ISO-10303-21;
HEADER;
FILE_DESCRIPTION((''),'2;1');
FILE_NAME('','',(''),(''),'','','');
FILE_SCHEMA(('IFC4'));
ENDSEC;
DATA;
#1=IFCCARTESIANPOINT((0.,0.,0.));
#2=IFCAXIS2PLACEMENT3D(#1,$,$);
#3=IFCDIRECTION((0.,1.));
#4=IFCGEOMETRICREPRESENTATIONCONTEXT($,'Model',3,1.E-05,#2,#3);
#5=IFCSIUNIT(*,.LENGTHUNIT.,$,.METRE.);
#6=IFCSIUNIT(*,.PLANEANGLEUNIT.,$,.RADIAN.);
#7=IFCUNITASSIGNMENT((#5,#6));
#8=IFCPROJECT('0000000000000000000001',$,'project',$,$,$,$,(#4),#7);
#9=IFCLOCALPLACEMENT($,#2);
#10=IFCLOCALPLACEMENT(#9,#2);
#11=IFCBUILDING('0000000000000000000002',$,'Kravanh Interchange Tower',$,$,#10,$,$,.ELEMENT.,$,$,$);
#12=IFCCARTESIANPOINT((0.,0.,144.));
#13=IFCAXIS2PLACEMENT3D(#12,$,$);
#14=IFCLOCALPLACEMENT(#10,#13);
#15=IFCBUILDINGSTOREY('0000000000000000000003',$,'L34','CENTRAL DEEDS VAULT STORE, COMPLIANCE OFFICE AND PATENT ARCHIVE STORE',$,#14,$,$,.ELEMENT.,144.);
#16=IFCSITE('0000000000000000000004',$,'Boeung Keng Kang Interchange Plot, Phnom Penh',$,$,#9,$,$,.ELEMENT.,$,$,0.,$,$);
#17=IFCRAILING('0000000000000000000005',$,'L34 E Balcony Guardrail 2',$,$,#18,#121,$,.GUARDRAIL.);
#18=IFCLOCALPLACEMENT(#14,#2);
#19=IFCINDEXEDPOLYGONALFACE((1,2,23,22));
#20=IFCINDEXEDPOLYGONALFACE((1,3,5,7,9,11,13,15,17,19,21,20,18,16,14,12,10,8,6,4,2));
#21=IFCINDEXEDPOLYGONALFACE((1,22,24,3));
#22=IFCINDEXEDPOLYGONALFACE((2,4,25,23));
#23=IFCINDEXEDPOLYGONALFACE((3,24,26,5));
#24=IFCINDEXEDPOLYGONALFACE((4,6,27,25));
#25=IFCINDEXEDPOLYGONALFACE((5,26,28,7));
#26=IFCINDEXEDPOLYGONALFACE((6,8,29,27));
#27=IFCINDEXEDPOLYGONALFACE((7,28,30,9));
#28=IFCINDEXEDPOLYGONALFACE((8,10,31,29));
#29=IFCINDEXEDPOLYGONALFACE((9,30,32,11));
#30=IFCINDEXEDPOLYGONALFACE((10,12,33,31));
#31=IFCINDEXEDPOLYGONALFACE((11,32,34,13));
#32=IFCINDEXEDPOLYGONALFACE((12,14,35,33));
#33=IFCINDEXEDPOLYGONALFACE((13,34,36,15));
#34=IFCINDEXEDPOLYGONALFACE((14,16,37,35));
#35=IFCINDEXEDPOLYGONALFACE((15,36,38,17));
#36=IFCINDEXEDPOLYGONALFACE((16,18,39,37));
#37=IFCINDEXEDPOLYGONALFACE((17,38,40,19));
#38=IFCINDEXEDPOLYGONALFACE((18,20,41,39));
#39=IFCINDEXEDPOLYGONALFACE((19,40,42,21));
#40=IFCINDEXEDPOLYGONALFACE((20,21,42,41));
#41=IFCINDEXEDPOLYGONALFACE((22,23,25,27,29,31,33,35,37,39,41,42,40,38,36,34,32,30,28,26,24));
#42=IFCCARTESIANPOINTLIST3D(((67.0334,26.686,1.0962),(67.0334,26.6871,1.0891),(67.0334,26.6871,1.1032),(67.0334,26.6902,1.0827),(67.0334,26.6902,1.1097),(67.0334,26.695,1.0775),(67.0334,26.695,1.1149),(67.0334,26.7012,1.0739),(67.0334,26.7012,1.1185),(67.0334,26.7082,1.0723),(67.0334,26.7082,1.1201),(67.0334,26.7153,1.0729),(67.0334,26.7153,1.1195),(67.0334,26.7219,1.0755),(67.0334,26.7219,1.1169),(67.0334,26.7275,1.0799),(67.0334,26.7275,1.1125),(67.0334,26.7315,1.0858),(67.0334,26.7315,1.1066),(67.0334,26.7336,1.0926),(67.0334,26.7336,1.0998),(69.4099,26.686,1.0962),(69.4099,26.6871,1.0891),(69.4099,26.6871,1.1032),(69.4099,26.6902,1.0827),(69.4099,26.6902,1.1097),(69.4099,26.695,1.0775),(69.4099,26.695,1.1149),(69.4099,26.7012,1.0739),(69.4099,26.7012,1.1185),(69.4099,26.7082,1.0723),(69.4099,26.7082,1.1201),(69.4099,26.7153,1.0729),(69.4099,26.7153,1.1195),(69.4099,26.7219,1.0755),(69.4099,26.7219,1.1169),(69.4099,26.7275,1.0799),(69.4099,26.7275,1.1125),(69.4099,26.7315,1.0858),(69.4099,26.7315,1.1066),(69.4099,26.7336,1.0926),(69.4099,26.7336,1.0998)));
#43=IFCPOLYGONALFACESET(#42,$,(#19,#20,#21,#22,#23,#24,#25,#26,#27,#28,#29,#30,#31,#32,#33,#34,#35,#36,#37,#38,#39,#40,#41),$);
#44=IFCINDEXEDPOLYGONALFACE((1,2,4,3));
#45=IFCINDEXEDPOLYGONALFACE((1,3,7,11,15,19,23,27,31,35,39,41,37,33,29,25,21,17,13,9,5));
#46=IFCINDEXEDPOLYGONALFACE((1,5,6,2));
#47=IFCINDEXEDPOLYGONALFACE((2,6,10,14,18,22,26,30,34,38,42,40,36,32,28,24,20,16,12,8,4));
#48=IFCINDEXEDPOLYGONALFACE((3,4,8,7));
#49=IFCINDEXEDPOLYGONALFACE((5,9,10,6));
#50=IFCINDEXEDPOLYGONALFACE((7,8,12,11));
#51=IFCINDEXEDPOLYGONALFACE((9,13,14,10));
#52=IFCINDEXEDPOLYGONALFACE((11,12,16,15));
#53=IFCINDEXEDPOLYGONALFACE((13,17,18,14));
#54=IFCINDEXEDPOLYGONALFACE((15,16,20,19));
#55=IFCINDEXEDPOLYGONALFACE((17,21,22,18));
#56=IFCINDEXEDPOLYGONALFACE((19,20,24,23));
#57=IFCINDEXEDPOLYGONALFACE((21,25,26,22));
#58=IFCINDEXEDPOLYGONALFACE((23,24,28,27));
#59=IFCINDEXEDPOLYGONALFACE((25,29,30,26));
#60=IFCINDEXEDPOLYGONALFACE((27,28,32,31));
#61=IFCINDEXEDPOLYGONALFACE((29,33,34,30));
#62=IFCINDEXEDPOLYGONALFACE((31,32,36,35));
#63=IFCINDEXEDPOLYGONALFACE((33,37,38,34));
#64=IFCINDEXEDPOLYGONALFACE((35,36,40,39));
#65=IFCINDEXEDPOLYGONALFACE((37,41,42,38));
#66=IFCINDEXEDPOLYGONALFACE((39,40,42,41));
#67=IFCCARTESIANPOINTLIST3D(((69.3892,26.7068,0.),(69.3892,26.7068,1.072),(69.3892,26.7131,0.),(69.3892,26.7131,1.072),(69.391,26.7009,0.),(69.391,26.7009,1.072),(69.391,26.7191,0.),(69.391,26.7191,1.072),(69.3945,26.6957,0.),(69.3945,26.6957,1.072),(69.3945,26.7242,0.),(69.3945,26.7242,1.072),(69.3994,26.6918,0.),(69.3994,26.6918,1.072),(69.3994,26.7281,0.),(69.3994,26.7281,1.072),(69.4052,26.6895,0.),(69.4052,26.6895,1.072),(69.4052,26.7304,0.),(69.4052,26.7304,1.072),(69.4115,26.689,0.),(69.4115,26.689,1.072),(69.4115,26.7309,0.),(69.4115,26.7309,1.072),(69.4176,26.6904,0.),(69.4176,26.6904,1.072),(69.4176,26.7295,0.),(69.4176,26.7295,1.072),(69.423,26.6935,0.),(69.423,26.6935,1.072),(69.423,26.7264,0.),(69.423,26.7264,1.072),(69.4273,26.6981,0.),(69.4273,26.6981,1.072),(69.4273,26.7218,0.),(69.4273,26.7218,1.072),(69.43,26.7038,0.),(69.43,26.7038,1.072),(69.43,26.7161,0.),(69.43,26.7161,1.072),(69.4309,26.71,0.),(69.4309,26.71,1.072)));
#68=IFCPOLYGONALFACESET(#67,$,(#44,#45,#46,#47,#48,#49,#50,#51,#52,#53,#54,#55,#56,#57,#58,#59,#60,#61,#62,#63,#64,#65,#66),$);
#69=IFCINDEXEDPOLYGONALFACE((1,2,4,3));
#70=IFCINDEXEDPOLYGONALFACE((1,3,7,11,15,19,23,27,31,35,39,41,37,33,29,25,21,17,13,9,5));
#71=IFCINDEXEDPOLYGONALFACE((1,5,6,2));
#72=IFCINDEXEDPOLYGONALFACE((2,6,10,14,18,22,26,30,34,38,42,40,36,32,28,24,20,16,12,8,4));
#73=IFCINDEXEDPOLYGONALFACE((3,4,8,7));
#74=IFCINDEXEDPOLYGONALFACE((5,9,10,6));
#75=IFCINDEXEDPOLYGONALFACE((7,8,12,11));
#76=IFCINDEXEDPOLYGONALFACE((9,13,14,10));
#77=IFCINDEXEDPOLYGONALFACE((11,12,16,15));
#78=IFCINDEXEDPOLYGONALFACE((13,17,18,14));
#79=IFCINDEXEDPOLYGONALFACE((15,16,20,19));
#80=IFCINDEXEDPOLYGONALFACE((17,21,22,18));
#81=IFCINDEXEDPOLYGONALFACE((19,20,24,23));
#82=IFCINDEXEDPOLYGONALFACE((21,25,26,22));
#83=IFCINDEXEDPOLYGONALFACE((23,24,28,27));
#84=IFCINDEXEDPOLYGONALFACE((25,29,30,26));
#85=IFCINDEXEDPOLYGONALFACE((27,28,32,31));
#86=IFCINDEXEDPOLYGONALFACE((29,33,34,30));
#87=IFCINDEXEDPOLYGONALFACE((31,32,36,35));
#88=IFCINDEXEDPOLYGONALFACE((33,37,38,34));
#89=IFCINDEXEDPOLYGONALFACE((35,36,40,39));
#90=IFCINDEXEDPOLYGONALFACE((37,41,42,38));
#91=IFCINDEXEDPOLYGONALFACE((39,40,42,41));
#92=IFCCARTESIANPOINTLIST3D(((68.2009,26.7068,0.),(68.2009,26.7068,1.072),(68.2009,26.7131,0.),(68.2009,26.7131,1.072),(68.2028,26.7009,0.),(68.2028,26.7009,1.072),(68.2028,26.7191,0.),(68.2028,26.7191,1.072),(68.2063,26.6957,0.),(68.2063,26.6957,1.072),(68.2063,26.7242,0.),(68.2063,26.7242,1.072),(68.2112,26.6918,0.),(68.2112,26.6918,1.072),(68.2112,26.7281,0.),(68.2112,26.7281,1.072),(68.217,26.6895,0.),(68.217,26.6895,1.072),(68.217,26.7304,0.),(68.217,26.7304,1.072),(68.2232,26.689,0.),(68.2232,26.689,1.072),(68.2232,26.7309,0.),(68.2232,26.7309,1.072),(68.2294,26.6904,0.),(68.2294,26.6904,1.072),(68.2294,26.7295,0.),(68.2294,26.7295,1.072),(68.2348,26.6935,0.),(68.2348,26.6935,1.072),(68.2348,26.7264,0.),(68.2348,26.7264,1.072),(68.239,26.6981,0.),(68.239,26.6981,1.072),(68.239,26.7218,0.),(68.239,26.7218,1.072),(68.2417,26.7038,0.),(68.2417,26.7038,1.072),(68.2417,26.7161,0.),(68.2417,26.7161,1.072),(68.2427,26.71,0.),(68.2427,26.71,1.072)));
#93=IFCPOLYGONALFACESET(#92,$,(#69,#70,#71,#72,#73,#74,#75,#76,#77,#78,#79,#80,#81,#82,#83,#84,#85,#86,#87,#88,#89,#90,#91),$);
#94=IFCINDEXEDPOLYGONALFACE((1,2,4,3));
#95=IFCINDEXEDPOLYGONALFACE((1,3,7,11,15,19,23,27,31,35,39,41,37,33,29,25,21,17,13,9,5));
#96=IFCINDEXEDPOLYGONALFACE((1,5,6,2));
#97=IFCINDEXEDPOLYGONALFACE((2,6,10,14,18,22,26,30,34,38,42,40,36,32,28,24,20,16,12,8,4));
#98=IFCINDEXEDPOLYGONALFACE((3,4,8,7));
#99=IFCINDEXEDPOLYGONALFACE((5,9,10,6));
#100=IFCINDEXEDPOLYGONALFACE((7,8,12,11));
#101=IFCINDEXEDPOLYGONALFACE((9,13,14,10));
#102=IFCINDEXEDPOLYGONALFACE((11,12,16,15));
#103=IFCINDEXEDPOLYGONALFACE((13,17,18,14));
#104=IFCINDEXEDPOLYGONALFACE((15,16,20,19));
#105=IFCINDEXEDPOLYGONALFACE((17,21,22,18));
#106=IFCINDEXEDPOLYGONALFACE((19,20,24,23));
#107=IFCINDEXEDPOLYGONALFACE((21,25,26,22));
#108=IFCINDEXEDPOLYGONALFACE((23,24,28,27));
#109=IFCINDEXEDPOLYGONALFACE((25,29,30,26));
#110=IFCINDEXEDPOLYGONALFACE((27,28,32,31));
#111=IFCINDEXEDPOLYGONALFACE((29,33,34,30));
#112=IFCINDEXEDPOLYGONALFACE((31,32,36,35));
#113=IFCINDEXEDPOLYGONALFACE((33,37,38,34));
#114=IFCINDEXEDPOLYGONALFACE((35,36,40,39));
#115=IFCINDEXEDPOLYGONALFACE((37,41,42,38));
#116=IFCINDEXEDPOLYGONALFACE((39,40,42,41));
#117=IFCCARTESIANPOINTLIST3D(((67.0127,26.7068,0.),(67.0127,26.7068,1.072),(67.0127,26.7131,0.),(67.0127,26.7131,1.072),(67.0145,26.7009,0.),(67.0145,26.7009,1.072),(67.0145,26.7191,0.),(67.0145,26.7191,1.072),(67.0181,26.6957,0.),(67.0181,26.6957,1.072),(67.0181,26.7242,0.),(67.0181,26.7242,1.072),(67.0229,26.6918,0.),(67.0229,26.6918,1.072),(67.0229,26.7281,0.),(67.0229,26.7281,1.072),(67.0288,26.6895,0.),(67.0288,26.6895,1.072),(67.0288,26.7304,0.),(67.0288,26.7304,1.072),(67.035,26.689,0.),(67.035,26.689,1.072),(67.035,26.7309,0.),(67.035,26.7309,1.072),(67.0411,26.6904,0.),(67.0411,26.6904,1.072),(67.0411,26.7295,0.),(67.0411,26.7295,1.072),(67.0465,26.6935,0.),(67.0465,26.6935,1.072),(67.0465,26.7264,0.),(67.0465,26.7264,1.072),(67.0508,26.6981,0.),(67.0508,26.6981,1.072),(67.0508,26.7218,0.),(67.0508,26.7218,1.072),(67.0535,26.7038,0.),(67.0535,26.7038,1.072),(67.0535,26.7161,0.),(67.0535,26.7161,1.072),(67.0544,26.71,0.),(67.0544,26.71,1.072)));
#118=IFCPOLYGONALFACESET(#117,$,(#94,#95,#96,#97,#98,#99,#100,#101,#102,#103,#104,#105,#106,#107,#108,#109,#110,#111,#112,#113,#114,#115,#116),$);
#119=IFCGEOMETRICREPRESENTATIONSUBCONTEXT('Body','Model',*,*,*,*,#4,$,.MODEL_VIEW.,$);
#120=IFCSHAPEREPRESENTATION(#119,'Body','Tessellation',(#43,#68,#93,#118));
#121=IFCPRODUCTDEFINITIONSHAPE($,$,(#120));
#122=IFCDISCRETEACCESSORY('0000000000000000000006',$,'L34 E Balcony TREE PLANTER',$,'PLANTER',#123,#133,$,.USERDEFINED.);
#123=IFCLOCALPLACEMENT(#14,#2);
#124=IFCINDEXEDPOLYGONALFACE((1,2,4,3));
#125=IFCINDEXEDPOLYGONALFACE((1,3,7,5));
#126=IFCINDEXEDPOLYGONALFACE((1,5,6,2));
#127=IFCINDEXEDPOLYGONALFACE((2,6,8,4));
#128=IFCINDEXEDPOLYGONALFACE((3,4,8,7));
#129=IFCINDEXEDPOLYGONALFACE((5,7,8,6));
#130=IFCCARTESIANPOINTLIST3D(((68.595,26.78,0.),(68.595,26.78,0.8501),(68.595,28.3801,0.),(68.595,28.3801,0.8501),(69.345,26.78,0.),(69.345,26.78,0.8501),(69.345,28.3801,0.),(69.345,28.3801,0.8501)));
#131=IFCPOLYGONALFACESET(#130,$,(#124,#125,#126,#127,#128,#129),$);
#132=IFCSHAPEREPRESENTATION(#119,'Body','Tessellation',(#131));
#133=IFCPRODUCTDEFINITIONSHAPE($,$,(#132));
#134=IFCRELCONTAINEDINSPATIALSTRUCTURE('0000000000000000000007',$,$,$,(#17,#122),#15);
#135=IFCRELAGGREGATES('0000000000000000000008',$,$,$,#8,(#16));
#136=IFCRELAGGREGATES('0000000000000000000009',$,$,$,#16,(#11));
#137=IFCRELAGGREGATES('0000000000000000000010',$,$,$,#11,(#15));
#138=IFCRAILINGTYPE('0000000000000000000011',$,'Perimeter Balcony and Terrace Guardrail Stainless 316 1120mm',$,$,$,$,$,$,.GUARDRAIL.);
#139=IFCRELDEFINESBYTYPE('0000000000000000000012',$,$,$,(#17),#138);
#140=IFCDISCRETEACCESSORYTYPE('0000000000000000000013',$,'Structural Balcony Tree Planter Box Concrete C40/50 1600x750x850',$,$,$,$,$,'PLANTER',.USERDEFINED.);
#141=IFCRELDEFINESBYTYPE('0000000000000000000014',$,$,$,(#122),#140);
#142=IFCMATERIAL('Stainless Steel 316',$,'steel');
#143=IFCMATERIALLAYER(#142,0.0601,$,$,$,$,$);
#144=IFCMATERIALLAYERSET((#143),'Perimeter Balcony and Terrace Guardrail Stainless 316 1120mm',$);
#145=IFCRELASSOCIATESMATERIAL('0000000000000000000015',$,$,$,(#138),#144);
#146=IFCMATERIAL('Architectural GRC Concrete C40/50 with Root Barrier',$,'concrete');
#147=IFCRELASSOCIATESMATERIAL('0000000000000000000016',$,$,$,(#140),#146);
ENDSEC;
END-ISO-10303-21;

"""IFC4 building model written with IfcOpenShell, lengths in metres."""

from ifc_helpers import new_model, si_unit, direction, frame, origin, origin_2d, place, context, subcontext, project, spatial, rectangle, circle, extrude, material, layer, layer_set, type_object, element, save


model = new_model("IFC4")

# Units and contexts
model_context = context("Model", 3, precision=1e-05, world=origin(), true_north=direction((0.0, 1.0)))
body_context = subcontext(model_context, "Body", "Model", "MODEL_VIEW")
ifc_project = project(units=[si_unit("LENGTHUNIT", "METRE"), si_unit("PLANEANGLEUNIT", "RADIAN")], contexts=[model_context])

# Site, building, storey
site_placement = place(None, origin())
site = spatial("IfcSite", under=ifc_project, at=site_placement, Name="Boeung Keng Kang Interchange Plot, Phnom Penh", CompositionType="ELEMENT", RefElevation=0.0)
building_placement = place(site_placement, origin())
building = spatial("IfcBuilding", under=site, at=building_placement, Name="Kravanh Interchange Tower", CompositionType="ELEMENT")
storey_placement = place(building_placement, frame((0.0, 0.0, 144.0)))
storey = spatial("IfcBuildingStorey", under=building, at=storey_placement, Name="L34", Description="CENTRAL DEEDS VAULT STORE, COMPLIANCE OFFICE AND PATENT ARCHIVE STORE", CompositionType="ELEMENT", Elevation=144.0)

# Railing
ifc_material_1 = material(Name="Stainless Steel 316", Category="steel")
ifc_layer_1 = layer(ifc_material_1, 0.0601)
ifc_layer_set_1 = layer_set([ifc_layer_1], Name="Perimeter Balcony and Terrace Guardrail Stainless 316 1120mm")
railing_type = type_object("IfcRailingType", Name="Perimeter Balcony and Terrace Guardrail Stainless 316 1120mm", PredefinedType="GUARDRAIL", material=ifc_layer_set_1)
railing_placement = place(storey_placement, frame((69.4099, 26.71, 0.0)))
element("IfcRailing", 1, at=railing_placement, inside=storey, type_object=railing_type, Name="L34 E Balcony Guardrail 2", PredefinedType="GUARDRAIL", context=body_context, shape_type="SweptSolid", body=[
    extrude(circle(Radius=0.0239, at=origin_2d()), frame((0.0, 0.0, 1.0962), z_axis=(-1.0, 0.0, 0.0), x_axis=(0.0, -1.0, 0.0)), (0.0, 0.0, 1.0), 2.3765),
    extrude(circle(Radius=0.021, at=origin_2d()), origin(), (0.0, 0.0, 1.0), 1.072),
    extrude(circle(Radius=0.021, at=origin_2d()), frame((-1.1882, 0.0, 0.0)), (0.0, 0.0, 1.0), 1.072),
    extrude(circle(Radius=0.021, at=origin_2d()), frame((-2.3765, 0.0, 0.0)), (0.0, 0.0, 1.0), 1.072),
])

# Discrete accessory
ifc_material_2 = material(Name="Architectural GRC Concrete C40/50 with Root Barrier", Category="concrete")
discrete_accessory_type = type_object("IfcDiscreteAccessoryType", Name="Structural Balcony Tree Planter Box Concrete C40/50 1600x750x850", ElementType="PLANTER", PredefinedType="USERDEFINED", material=ifc_material_2)
discrete_accessory_placement = place(storey_placement, frame((68.97, 27.5801, 0.0), z_axis=(0.0, 0.0, 1.0), x_axis=(1.0, 0.0, 0.0)))
element("IfcDiscreteAccessory", 2, at=discrete_accessory_placement, inside=storey, type_object=discrete_accessory_type, Name="L34 E Balcony TREE PLANTER", ObjectType="PLANTER", PredefinedType="USERDEFINED", context=body_context, shape_type="SweptSolid", body=[
    extrude(rectangle(XDim=0.75, YDim=1.6001, at=origin_2d()), origin(), (0.0, 0.0, 1.0), 0.8501),
])

save(model, "model.ifc")
